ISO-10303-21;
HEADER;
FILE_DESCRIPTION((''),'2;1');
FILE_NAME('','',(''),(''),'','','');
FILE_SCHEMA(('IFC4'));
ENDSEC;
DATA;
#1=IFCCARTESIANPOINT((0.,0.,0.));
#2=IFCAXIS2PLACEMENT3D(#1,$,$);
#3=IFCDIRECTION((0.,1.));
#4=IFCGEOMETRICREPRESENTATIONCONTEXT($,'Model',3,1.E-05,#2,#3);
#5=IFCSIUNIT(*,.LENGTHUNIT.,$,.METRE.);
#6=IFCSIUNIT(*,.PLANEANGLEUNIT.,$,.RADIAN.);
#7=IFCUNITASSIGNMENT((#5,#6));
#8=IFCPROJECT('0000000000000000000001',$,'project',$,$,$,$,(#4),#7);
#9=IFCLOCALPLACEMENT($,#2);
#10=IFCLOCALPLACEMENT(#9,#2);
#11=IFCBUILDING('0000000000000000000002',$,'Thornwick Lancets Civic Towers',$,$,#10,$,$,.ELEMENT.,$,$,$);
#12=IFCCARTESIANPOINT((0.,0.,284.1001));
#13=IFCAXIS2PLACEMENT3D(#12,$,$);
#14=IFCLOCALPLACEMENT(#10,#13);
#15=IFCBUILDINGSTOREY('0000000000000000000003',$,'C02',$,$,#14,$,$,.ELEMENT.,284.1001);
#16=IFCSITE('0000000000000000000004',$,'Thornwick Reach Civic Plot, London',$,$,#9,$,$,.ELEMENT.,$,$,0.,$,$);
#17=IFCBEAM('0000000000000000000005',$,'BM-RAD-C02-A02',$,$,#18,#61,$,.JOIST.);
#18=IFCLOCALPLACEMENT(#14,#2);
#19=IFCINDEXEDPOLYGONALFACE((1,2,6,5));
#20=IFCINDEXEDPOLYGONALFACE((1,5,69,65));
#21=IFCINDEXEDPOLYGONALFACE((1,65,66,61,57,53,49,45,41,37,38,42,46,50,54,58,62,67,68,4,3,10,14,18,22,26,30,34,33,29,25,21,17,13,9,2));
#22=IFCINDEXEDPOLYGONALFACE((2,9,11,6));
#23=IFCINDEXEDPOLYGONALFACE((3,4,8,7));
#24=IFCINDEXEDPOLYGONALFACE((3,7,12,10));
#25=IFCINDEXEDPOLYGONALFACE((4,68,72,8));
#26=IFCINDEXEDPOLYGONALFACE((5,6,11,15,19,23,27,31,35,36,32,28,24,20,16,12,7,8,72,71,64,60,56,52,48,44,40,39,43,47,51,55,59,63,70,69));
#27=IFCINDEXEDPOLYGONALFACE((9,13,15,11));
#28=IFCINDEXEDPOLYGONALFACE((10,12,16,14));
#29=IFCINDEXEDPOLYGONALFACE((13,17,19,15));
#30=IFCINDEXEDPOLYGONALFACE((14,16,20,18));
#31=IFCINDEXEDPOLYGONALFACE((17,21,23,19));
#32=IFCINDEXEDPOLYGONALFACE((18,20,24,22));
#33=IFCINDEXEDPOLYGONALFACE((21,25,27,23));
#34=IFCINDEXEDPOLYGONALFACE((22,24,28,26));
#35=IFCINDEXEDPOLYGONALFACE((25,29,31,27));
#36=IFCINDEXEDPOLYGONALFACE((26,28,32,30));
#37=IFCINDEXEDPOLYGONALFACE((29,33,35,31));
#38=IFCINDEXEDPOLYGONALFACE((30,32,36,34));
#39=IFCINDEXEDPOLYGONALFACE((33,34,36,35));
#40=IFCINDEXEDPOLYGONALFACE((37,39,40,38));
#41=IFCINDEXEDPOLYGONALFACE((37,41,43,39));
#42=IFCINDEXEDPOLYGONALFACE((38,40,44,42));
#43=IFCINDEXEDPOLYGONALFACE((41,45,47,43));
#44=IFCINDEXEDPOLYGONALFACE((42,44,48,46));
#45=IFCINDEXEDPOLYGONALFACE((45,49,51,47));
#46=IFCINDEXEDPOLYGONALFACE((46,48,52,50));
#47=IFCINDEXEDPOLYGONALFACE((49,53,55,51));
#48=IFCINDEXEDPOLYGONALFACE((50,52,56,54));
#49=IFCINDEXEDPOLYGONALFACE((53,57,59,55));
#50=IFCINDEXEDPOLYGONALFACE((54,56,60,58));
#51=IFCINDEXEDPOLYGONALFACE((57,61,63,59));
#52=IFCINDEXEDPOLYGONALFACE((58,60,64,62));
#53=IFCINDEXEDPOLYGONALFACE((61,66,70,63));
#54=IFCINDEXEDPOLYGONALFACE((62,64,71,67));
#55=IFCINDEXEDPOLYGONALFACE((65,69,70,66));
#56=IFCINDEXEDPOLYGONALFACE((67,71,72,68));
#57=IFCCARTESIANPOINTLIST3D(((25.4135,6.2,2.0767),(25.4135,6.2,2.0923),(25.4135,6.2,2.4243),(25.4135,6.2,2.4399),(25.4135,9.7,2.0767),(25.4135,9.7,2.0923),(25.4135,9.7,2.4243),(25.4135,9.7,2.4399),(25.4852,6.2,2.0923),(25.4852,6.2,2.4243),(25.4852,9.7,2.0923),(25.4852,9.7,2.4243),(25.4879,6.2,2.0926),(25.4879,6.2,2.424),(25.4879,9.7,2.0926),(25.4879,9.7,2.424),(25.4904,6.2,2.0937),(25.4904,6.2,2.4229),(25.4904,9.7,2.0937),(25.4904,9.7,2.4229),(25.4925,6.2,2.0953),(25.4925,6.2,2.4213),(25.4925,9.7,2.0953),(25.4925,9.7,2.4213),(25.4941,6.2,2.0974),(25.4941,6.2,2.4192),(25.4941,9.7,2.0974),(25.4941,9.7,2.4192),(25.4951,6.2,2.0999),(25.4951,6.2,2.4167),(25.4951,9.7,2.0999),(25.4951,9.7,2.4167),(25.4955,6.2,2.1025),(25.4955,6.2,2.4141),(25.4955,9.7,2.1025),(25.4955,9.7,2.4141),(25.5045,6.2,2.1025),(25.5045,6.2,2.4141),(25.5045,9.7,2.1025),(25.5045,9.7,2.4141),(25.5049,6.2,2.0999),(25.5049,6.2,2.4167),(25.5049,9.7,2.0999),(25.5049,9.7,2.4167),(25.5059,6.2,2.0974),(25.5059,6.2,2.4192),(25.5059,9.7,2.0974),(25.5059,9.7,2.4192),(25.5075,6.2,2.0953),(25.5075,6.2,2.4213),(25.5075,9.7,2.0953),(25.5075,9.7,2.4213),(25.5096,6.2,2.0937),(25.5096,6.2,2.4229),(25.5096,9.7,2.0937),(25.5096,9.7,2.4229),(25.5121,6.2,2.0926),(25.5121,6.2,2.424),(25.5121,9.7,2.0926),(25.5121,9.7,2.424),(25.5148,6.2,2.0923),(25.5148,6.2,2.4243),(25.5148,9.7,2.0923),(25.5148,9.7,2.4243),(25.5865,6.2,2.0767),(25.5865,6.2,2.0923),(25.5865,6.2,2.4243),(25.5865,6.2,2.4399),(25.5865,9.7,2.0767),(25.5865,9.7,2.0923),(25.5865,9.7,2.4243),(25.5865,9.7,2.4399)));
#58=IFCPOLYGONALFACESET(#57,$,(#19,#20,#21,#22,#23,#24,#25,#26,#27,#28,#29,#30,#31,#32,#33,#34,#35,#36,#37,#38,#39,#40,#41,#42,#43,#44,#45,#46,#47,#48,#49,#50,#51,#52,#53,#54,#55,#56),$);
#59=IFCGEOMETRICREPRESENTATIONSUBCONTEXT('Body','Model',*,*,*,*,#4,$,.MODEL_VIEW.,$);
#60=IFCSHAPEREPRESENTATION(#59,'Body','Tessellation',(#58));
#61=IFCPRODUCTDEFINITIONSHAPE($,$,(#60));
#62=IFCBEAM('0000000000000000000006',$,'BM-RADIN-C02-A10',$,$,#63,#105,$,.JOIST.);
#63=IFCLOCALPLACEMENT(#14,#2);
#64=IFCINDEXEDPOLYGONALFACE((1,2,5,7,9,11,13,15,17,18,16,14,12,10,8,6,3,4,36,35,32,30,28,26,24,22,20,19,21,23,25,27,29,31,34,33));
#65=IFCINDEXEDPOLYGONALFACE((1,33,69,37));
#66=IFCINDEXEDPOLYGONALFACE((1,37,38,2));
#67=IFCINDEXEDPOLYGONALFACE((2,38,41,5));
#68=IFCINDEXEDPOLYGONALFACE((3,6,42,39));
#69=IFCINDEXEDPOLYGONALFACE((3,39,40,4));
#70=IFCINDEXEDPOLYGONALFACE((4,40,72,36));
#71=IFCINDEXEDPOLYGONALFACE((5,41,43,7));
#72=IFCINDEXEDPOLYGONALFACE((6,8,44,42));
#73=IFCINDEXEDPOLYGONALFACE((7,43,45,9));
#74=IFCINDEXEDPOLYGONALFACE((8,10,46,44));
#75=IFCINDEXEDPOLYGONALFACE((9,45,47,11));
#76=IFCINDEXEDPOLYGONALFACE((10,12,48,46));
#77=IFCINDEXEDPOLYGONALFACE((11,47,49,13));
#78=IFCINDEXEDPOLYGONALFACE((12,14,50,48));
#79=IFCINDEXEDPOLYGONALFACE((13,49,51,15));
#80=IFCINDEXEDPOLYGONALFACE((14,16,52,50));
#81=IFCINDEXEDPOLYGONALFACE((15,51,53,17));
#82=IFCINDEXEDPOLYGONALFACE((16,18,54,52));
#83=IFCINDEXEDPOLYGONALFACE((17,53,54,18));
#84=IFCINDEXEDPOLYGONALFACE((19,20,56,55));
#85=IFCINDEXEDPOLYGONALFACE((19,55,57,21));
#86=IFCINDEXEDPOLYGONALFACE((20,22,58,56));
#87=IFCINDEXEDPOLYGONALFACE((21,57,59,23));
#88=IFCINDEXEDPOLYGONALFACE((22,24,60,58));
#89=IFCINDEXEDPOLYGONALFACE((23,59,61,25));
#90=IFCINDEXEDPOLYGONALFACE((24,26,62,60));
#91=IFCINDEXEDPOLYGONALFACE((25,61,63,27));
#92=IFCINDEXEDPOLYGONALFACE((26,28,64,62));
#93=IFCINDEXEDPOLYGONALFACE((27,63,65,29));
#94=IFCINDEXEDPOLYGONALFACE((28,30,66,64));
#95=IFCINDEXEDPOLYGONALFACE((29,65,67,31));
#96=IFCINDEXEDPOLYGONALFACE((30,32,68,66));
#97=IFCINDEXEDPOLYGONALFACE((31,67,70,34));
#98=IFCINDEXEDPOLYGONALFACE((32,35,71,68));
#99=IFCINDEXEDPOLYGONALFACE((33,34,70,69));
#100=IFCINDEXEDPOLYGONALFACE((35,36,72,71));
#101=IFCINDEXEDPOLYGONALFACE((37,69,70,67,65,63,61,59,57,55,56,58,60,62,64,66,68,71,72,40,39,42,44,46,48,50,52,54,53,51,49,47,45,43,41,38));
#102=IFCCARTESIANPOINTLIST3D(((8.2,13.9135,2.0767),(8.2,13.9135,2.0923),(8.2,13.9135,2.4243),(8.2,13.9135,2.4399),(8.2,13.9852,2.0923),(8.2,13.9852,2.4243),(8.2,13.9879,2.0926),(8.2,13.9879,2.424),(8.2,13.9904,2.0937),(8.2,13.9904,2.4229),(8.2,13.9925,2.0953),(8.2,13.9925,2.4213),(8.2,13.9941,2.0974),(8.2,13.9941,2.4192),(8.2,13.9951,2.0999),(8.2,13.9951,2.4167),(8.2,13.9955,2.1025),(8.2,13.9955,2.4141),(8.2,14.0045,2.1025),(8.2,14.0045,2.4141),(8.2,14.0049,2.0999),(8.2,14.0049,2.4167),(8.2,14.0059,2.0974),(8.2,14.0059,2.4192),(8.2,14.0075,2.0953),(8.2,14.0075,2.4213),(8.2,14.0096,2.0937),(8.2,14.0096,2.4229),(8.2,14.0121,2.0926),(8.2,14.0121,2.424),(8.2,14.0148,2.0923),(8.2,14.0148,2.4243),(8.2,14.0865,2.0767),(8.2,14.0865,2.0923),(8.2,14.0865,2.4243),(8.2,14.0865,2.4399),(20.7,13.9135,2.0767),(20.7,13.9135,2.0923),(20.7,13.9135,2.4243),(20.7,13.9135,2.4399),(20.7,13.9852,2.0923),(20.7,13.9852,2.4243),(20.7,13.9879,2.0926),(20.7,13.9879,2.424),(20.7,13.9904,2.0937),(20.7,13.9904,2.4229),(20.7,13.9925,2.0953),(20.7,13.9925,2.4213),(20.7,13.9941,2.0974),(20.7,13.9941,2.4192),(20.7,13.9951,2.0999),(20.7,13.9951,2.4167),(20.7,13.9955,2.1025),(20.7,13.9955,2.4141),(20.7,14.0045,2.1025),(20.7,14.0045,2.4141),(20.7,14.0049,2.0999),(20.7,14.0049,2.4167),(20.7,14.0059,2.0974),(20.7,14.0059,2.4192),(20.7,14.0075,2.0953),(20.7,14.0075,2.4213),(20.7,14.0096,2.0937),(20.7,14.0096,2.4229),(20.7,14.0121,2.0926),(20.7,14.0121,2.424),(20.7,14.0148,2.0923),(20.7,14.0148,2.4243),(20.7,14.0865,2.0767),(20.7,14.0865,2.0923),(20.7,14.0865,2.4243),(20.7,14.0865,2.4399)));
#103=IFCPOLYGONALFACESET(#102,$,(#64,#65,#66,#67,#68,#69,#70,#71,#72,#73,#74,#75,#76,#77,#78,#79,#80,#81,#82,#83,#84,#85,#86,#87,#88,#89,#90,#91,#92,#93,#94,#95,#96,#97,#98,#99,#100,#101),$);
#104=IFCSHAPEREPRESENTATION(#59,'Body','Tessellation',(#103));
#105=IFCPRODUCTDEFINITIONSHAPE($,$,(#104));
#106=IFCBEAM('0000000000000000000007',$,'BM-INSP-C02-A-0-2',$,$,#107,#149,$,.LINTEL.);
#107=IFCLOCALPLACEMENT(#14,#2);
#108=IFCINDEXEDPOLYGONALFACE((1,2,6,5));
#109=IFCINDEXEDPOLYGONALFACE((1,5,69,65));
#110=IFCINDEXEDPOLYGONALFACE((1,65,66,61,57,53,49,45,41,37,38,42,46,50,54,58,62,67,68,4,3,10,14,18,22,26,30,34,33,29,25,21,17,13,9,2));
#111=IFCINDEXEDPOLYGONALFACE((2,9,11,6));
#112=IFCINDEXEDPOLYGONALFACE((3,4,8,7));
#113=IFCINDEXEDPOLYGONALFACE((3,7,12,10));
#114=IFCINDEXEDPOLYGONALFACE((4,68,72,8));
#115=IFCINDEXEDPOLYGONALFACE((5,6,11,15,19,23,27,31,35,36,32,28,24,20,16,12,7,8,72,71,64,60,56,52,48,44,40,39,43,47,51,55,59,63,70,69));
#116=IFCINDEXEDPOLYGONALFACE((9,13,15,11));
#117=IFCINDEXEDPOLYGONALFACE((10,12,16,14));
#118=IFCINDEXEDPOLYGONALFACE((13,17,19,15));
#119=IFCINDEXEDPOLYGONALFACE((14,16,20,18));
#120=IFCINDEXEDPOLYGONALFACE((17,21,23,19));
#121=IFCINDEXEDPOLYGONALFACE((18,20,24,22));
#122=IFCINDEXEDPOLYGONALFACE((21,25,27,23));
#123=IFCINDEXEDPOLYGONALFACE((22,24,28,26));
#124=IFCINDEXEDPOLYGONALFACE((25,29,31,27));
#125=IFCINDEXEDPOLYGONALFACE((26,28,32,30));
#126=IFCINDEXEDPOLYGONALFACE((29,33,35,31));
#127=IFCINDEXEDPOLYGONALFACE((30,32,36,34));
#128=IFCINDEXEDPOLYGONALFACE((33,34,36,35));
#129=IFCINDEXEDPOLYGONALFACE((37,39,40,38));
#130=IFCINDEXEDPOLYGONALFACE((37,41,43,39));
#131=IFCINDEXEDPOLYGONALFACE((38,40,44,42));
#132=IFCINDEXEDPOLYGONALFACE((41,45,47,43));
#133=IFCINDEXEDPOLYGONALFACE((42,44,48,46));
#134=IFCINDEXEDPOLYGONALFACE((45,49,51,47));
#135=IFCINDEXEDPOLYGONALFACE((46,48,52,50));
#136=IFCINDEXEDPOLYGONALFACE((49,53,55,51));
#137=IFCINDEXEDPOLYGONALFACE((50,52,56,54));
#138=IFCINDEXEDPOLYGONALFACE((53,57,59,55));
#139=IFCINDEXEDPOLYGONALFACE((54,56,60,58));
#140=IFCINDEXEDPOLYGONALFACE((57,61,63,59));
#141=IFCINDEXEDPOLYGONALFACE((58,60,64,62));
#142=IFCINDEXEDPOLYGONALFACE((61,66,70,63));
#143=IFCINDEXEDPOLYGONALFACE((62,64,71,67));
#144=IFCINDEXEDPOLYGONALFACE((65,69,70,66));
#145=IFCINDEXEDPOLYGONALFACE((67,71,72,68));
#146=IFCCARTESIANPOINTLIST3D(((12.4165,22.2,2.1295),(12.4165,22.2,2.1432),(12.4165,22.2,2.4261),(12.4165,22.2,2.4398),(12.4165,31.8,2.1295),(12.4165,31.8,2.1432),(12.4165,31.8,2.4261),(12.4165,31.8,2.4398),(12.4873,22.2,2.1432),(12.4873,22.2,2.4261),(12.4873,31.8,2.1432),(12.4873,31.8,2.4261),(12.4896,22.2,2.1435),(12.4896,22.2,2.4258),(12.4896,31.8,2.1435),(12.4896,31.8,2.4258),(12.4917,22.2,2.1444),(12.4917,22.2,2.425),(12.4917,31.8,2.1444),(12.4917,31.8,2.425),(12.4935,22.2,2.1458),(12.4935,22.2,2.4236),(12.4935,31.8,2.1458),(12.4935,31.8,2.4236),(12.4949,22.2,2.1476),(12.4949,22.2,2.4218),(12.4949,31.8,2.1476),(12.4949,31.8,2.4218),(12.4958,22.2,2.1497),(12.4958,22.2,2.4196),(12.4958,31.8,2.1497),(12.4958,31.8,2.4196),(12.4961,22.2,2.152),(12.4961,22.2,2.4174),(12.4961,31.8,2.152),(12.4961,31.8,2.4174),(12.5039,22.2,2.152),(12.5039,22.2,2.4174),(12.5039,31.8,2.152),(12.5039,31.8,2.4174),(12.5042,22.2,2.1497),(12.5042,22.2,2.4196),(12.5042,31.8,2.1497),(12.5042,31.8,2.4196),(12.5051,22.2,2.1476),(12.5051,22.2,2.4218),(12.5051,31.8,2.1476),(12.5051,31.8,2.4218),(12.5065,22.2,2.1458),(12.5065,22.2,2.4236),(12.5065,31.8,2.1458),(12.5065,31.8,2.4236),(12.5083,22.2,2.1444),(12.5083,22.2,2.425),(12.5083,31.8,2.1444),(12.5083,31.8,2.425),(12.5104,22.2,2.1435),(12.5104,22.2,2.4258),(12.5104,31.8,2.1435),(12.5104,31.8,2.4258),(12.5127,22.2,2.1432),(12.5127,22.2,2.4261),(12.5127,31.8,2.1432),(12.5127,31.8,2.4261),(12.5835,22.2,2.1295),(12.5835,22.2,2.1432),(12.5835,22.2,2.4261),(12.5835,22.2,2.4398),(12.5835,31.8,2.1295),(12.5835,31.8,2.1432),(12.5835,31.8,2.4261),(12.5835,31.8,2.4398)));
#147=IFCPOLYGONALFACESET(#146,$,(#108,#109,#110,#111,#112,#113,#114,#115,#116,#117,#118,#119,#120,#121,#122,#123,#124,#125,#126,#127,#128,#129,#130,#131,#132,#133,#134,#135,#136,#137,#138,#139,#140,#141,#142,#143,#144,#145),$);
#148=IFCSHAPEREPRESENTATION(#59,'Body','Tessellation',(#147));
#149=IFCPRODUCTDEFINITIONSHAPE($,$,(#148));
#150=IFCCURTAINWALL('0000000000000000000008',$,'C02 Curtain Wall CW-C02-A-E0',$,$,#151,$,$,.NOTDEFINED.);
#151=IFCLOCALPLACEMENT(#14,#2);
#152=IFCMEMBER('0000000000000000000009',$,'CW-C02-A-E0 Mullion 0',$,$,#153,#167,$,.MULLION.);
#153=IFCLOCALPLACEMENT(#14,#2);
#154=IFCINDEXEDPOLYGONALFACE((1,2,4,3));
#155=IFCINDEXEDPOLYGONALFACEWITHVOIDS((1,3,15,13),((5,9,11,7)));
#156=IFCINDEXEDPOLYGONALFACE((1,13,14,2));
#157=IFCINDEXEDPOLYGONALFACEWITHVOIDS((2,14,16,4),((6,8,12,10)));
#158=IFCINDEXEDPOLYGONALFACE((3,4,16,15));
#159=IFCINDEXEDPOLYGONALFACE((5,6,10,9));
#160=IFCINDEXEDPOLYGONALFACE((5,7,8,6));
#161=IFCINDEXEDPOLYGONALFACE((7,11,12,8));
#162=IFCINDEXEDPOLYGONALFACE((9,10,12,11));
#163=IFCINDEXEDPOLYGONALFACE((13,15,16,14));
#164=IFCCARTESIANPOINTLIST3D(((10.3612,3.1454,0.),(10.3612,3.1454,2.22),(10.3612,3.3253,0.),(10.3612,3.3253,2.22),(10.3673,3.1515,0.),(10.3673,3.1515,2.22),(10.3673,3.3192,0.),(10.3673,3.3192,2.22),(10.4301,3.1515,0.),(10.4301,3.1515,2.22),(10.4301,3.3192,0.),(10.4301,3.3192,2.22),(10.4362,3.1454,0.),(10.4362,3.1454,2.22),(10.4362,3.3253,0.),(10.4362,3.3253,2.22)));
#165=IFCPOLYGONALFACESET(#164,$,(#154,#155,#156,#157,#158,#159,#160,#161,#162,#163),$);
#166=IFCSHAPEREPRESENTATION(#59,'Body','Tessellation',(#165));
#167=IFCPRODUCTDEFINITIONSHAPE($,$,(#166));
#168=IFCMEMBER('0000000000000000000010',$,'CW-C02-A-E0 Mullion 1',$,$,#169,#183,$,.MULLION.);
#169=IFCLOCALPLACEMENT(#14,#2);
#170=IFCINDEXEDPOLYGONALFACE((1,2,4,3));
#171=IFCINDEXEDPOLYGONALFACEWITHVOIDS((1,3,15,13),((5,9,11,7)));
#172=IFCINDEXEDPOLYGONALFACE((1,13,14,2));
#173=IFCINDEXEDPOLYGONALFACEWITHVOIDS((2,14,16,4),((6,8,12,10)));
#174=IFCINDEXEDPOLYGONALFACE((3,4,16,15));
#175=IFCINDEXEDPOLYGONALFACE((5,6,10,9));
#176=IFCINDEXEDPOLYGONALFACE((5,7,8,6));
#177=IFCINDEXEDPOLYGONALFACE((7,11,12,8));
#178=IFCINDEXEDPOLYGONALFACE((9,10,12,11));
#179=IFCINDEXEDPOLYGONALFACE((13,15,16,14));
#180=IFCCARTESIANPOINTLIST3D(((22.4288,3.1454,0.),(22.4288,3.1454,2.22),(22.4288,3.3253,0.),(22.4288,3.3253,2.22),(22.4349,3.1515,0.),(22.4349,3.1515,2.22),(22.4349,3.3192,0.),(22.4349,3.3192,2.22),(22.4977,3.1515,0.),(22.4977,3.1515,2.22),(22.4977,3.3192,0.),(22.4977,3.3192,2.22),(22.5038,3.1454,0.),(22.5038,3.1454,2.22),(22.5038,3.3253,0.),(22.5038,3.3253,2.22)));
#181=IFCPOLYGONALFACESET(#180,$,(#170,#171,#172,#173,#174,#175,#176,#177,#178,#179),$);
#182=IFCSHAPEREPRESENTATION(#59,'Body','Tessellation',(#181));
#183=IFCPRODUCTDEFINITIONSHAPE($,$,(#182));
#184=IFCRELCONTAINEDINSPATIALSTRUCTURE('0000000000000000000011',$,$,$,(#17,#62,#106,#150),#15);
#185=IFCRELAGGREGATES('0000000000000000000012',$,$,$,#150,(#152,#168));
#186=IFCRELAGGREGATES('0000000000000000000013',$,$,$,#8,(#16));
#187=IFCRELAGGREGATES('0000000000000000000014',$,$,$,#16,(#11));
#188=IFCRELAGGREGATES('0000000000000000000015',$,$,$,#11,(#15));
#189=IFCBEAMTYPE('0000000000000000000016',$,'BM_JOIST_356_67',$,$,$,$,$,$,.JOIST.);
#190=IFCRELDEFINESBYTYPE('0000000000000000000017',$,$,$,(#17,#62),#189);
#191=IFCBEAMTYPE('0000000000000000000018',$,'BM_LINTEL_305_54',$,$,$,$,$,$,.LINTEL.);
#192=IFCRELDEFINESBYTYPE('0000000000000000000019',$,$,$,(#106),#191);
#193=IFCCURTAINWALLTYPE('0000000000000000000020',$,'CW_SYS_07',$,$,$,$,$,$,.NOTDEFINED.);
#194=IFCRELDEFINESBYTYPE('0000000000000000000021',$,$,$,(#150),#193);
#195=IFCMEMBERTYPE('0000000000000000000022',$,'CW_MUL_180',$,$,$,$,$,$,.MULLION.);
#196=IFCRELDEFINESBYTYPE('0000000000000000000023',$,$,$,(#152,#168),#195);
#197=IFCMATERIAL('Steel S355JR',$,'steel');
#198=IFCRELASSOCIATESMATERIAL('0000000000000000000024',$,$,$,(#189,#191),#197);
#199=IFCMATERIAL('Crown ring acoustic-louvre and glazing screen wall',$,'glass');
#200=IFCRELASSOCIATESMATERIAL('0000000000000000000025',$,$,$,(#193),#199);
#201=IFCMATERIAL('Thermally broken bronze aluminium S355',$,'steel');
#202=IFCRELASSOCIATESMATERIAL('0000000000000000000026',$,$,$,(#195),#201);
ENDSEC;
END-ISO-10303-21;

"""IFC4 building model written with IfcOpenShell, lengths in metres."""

from ifc_helpers import new_model, si_unit, direction, frame, origin, origin_2d, place, context, subcontext, project, spatial, hollow_rectangle, i_section, extrude, material, material_profile, profile_set, type_object, element, aggregate, save


model = new_model("IFC4")

# Units and contexts
model_context = context("Model", 3, precision=1e-05, world=origin(), true_north=direction((0.0, 1.0)))
body_context = subcontext(model_context, "Body", "Model", "MODEL_VIEW")
ifc_project = project(units=[si_unit("LENGTHUNIT", "METRE"), si_unit("PLANEANGLEUNIT", "RADIAN")], contexts=[model_context])

# Site, building, storey
site_placement = place(None, origin())
site = spatial("IfcSite", under=ifc_project, at=site_placement, Name="Thornwick Reach Civic Plot, London", CompositionType="ELEMENT", RefElevation=0.0)
building_placement = place(site_placement, origin())
building = spatial("IfcBuilding", under=site, at=building_placement, Name="Thornwick Lancets Civic Towers", CompositionType="ELEMENT")
storey_placement = place(building_placement, frame((0.0, 0.0, 284.1001)))
storey = spatial("IfcBuildingStorey", under=building, at=storey_placement, Name="C02", CompositionType="ELEMENT", Elevation=284.1001)

# Shared definitions
ifc_material_1 = material(Name="Steel S355JR", Category="steel")

# Beams
ifc_material_profile_1 = material_profile(ifc_material_1, i_section(OverallWidth=0.1731, OverallDepth=0.3633, WebThickness=0.009, FlangeThickness=0.0156, FilletRadius=0.0103, at=origin_2d()), Name="UKB 356x171x67")
ifc_profile_set_1 = profile_set([ifc_material_profile_1], Name="Steel S355JR")
beam_type_1 = type_object("IfcBeamType", Name="BM_JOIST_356_67", PredefinedType="JOIST", material=ifc_profile_set_1)
for number, where, z_axis, x_axis, name in (
    (1, (25.5, 9.7, 2.2583), (0.0, -1.0, 0.0), (1.0, 0.0, 0.0), "BM-RAD-C02-A02"),
):
    element("IfcBeam", number, at=place(storey_placement, frame(where, z_axis=z_axis, x_axis=x_axis)), inside=storey, type_object=beam_type_1, Name=name, PredefinedType="JOIST", context=body_context, shape_type="SweptSolid", body=[
        extrude(i_section(OverallWidth=0.1731, OverallDepth=0.3633, WebThickness=0.009, FlangeThickness=0.0156, FilletRadius=0.0103, at=origin_2d()), origin(), (0.0, 0.0, 1.0), 3.5),
    ])
beam_1_placement = place(storey_placement, frame((20.7, 14.0, 2.2583), z_axis=(-1.0, 0.0, 0.0), x_axis=(0.0, -1.0, 0.0)))
element("IfcBeam", 2, at=beam_1_placement, inside=storey, type_object=beam_type_1, Name="BM-RADIN-C02-A10", PredefinedType="JOIST", context=body_context, shape_type="SweptSolid", body=[
    extrude(i_section(OverallWidth=0.1731, OverallDepth=0.3633, WebThickness=0.009, FlangeThickness=0.0156, FilletRadius=0.0103, at=origin_2d()), origin(), (0.0, 0.0, 1.0), 12.5),
])
ifc_material_profile_2 = material_profile(ifc_material_1, i_section(OverallWidth=0.167, OverallDepth=0.3103, WebThickness=0.0078, FlangeThickness=0.0137, FilletRadius=0.0088, at=origin_2d()), Name="UKB 305x165x54")
ifc_profile_set_2 = profile_set([ifc_material_profile_2], Name="Steel S355JR")
beam_type_2 = type_object("IfcBeamType", Name="BM_LINTEL_305_54", PredefinedType="LINTEL", material=ifc_profile_set_2)
beam_2_placement = place(storey_placement, frame((12.5, 22.2, 2.2847), z_axis=(0.0, 1.0, 0.0), x_axis=(-1.0, 0.0, 0.0)))
element("IfcBeam", 3, at=beam_2_placement, inside=storey, type_object=beam_type_2, Name="BM-INSP-C02-A-0-2", PredefinedType="LINTEL", context=body_context, shape_type="SweptSolid", body=[
    extrude(i_section(OverallWidth=0.167, OverallDepth=0.3103, WebThickness=0.0078, FlangeThickness=0.0137, FilletRadius=0.0088, at=origin_2d()), origin(), (0.0, 0.0, 1.0), 9.6001),
])

# Curtain wall, members
ifc_material_2 = material(Name="Crown ring acoustic-louvre and glazing screen wall", Category="glass")
curtain_wall_type = type_object("IfcCurtainWallType", Name="CW_SYS_07", PredefinedType="NOTDEFINED", material=ifc_material_2)
curtain_wall_1_placement = place(storey_placement, origin())
curtain_wall_1 = element("IfcCurtainWall", 4, at=curtain_wall_1_placement, inside=storey, type_object=curtain_wall_type, Name="C02 Curtain Wall CW-C02-A-E0", PredefinedType="NOTDEFINED")
ifc_material_3 = material(Name="Thermally broken bronze aluminium S355", Category="steel")
ifc_material_profile_3 = material_profile(ifc_material_3, hollow_rectangle(XDim=0.075, YDim=0.1799, WallThickness=0.0061, at=origin_2d()), Name="RHS 180x75x6")
ifc_profile_set_3 = profile_set([ifc_material_profile_3], Name="Thermally broken bronze aluminium S355")
member_type_1 = type_object("IfcMemberType", Name="CW_MUL_180", PredefinedType="MULLION", material=ifc_profile_set_3)
member_1_placement = place(storey_placement, frame((10.3987, 3.2354, 0.0), z_axis=(0.0, 0.0, 1.0), x_axis=(1.0, 0.0, 0.0)))
member_1 = element("IfcMember", 5, at=member_1_placement, type_object=member_type_1, Name="CW-C02-A-E0 Mullion 0", PredefinedType="MULLION", context=body_context, shape_type="SweptSolid", body=[
    extrude(hollow_rectangle(XDim=0.075, YDim=0.1799, WallThickness=0.0061, at=origin_2d()), origin(), (0.0, 0.0, 1.0), 2.22),
])
member_2_placement = place(storey_placement, frame((22.4663, 3.2354, 0.0), z_axis=(0.0, 0.0, 1.0), x_axis=(1.0, 0.0, 0.0)))
member_2 = element("IfcMember", 6, at=member_2_placement, type_object=member_type_1, Name="CW-C02-A-E0 Mullion 1", PredefinedType="MULLION", context=body_context, shape_type="SweptSolid", body=[
    extrude(hollow_rectangle(XDim=0.075, YDim=0.1799, WallThickness=0.0061, at=origin_2d()), origin(), (0.0, 0.0, 1.0), 2.22),
])

aggregate(curtain_wall_1, [member_1, member_2])

save(model, "model.ifc")
